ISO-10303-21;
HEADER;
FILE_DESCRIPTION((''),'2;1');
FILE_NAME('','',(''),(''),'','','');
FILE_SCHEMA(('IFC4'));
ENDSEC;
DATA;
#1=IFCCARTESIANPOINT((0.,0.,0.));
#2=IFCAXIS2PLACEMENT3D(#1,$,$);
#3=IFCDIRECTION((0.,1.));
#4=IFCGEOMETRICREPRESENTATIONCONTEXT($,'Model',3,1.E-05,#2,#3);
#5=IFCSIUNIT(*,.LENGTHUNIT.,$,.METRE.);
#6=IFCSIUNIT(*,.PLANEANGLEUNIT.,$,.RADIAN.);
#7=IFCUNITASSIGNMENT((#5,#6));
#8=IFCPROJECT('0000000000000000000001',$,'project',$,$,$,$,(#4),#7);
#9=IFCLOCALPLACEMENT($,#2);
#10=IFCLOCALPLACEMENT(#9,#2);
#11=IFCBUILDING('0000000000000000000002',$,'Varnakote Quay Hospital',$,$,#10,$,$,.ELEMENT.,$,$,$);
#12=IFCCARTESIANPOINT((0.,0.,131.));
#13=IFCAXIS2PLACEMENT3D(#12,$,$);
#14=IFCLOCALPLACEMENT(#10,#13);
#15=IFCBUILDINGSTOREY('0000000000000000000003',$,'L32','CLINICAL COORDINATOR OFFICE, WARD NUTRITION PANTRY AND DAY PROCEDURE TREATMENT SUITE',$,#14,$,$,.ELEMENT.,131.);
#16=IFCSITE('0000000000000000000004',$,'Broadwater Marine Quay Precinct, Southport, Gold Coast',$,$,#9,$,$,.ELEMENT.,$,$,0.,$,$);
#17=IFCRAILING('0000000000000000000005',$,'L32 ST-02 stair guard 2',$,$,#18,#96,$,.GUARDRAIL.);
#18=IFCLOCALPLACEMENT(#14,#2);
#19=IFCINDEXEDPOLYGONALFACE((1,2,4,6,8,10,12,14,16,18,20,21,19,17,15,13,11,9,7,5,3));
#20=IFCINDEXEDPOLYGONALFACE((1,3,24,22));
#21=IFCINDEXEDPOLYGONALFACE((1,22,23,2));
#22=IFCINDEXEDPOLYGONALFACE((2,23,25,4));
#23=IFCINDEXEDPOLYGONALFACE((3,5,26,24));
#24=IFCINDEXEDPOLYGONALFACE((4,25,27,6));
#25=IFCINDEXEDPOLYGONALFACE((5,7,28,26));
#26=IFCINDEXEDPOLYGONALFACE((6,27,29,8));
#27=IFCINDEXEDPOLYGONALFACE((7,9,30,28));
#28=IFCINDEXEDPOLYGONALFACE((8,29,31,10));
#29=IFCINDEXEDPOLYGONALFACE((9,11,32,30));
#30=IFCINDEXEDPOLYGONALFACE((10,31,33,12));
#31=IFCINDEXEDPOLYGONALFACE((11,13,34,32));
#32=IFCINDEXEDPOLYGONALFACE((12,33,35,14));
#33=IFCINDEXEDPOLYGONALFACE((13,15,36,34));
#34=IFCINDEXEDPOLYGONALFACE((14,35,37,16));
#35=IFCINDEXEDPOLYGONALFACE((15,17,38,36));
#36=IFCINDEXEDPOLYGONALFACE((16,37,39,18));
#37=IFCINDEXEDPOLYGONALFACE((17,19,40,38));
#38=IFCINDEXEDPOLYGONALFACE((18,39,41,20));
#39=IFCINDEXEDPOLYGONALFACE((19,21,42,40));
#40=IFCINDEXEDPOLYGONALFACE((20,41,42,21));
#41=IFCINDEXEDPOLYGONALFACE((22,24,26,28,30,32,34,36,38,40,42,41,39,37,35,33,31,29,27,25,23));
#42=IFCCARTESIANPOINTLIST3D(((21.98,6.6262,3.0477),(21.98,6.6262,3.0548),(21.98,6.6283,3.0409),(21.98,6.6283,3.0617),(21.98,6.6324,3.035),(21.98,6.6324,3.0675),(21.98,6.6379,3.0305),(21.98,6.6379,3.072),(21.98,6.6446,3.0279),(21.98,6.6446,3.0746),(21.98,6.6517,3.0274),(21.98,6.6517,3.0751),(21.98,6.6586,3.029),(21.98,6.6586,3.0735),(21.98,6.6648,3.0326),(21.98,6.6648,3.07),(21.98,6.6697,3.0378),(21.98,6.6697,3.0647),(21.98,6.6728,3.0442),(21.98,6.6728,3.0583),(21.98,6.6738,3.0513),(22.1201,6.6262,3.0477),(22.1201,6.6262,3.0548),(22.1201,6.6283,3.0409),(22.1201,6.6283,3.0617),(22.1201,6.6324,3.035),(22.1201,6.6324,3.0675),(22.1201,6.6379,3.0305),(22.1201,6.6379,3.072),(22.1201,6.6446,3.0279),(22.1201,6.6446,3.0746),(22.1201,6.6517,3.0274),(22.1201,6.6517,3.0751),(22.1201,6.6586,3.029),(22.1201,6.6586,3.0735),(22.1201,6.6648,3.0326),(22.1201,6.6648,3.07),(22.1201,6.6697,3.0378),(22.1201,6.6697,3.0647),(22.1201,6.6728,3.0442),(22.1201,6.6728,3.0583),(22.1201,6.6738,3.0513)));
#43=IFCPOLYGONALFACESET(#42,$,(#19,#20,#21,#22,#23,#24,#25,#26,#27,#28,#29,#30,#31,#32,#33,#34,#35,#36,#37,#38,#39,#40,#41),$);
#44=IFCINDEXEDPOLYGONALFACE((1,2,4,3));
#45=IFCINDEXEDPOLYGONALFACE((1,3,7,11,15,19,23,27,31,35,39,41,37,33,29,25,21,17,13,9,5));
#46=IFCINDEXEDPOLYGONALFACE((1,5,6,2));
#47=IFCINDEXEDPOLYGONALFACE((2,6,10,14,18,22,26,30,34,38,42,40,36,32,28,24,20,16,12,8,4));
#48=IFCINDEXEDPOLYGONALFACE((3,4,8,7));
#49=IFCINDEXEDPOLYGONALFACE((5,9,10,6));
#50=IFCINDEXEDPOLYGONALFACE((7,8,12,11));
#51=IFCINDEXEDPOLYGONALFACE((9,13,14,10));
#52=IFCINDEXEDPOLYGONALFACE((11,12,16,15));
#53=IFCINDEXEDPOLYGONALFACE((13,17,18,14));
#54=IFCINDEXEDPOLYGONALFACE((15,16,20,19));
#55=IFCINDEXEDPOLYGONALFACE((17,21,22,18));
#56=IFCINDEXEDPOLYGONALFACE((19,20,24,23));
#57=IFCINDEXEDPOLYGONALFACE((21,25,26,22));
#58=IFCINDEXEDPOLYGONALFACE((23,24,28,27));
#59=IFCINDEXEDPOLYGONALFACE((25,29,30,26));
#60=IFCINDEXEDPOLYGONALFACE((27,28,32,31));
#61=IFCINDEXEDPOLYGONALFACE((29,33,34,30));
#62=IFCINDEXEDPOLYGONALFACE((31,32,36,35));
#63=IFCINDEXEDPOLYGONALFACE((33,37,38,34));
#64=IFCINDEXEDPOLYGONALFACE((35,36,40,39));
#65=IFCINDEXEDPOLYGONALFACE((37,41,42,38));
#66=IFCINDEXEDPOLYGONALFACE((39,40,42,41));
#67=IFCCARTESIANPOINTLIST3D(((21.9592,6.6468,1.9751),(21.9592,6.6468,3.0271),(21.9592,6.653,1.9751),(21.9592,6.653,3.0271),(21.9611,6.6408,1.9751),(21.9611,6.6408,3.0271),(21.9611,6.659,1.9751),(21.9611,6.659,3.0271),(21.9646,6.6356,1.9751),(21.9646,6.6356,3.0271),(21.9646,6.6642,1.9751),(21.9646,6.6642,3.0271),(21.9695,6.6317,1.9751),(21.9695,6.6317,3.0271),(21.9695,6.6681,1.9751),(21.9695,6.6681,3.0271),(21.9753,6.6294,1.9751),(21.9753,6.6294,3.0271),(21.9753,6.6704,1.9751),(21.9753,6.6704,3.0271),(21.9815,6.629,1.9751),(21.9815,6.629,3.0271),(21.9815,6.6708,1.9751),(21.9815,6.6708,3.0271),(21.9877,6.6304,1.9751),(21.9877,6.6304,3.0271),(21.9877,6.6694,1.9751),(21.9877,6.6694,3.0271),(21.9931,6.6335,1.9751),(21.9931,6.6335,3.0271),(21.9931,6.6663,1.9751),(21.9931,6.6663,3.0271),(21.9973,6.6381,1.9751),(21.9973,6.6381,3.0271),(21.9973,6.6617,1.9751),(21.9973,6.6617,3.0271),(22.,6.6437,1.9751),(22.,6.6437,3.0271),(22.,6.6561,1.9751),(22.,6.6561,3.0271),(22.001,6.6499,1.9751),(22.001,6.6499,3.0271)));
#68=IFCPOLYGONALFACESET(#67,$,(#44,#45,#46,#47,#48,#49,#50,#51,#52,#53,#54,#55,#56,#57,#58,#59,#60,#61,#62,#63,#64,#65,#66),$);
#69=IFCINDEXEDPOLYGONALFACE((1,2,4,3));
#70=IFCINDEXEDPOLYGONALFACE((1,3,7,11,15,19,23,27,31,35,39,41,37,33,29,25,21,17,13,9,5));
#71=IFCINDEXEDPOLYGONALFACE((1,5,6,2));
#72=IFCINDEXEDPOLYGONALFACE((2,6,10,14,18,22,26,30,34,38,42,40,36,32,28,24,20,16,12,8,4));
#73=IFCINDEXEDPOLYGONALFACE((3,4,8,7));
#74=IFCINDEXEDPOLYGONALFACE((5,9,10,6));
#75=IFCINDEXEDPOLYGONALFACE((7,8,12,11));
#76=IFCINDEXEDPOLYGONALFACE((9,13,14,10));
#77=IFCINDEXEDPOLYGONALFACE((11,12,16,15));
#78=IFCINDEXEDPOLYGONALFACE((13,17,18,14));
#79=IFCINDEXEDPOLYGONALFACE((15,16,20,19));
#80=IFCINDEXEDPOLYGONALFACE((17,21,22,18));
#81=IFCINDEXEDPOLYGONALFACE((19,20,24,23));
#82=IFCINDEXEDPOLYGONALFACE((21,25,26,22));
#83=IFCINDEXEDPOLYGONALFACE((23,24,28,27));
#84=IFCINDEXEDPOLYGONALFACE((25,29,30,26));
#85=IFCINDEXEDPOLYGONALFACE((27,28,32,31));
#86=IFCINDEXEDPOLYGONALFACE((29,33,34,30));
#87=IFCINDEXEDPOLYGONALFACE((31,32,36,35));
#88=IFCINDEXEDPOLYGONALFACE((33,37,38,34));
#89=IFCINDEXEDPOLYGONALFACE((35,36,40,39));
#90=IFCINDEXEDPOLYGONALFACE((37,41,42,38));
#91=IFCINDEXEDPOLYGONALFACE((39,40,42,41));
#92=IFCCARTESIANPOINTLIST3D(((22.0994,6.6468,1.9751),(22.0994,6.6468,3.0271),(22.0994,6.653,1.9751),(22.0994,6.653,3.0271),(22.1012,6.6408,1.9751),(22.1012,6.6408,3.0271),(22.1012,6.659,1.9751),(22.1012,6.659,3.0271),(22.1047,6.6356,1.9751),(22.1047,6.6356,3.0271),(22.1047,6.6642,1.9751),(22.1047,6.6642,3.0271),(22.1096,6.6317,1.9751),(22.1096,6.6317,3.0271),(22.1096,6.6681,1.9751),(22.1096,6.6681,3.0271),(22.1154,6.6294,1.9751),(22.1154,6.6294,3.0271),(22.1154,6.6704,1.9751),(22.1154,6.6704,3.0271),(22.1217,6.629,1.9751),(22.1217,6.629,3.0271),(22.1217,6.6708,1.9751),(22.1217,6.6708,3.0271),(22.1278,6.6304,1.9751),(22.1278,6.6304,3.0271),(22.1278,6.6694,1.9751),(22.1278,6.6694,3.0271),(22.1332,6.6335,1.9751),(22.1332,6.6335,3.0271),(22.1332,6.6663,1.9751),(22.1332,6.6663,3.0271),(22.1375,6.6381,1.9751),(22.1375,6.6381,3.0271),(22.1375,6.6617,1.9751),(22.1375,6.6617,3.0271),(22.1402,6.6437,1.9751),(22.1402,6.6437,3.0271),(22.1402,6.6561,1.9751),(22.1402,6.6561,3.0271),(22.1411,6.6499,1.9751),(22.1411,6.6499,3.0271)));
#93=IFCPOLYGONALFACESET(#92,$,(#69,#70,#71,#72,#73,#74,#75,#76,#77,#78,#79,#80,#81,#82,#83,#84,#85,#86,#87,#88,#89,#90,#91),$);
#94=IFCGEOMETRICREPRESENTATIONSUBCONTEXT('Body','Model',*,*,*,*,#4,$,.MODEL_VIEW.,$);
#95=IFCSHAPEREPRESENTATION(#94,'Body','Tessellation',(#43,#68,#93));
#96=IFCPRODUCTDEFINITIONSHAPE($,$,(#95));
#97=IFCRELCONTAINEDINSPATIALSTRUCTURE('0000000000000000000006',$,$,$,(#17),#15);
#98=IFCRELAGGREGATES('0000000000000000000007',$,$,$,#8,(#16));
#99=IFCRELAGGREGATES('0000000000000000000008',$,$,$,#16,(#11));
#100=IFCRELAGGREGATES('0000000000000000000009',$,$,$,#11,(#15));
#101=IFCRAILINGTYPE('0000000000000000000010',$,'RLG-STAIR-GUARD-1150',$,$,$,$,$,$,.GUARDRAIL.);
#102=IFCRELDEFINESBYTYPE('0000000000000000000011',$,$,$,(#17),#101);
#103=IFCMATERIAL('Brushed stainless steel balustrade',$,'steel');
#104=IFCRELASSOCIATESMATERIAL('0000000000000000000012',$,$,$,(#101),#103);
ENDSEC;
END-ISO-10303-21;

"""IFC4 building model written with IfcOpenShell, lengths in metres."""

from ifc_helpers import new_model, si_unit, direction, frame, origin, origin_2d, place, context, subcontext, project, spatial, circle, extrude, material, type_object, element, save


model = new_model("IFC4")

# Units and contexts
model_context = context("Model", 3, precision=1e-05, world=origin(), true_north=direction((0.0, 1.0)))
body_context = subcontext(model_context, "Body", "Model", "MODEL_VIEW")
ifc_project = project(units=[si_unit("LENGTHUNIT", "METRE"), si_unit("PLANEANGLEUNIT", "RADIAN")], contexts=[model_context])

# Site, building, storey
site_placement = place(None, origin())
site = spatial("IfcSite", under=ifc_project, at=site_placement, Name="Broadwater Marine Quay Precinct, Southport, Gold Coast", CompositionType="ELEMENT", RefElevation=0.0)
building_placement = place(site_placement, origin())
building = spatial("IfcBuilding", under=site, at=building_placement, Name="Varnakote Quay Hospital", CompositionType="ELEMENT")
storey_placement = place(building_placement, frame((0.0, 0.0, 131.0)))
storey = spatial("IfcBuildingStorey", under=building, at=storey_placement, Name="L32", Description="CLINICAL COORDINATOR OFFICE, WARD NUTRITION PANTRY AND DAY PROCEDURE TREATMENT SUITE", CompositionType="ELEMENT", Elevation=131.0)

# Railing
ifc_material_1 = material(Name="Brushed stainless steel balustrade", Category="steel")
railing_type_1 = type_object("IfcRailingType", Name="RLG-STAIR-GUARD-1150", PredefinedType="GUARDRAIL", material=ifc_material_1)
railing_1_placement = place(storey_placement, frame((21.98, 6.6499, 1.9751)))
element("IfcRailing", 1, at=railing_1_placement, inside=storey, type_object=railing_type_1, Name="L32 ST-02 stair guard 2", PredefinedType="GUARDRAIL", context=body_context, shape_type="SweptSolid", body=[
    extrude(circle(Radius=0.0239, at=origin_2d()), frame((0.0, 0.0, 1.0762), z_axis=(1.0, 0.0, 0.0), x_axis=(0.0, 1.0, 0.0)), (0.0, 0.0, 1.0), 0.1401),
    extrude(circle(Radius=0.021, at=origin_2d()), origin(), (0.0, 0.0, 1.0), 1.052),
    extrude(circle(Radius=0.021, at=origin_2d()), frame((0.1401, 0.0, 0.0)), (0.0, 0.0, 1.0), 1.052),
])

save(model, "model.ifc")
